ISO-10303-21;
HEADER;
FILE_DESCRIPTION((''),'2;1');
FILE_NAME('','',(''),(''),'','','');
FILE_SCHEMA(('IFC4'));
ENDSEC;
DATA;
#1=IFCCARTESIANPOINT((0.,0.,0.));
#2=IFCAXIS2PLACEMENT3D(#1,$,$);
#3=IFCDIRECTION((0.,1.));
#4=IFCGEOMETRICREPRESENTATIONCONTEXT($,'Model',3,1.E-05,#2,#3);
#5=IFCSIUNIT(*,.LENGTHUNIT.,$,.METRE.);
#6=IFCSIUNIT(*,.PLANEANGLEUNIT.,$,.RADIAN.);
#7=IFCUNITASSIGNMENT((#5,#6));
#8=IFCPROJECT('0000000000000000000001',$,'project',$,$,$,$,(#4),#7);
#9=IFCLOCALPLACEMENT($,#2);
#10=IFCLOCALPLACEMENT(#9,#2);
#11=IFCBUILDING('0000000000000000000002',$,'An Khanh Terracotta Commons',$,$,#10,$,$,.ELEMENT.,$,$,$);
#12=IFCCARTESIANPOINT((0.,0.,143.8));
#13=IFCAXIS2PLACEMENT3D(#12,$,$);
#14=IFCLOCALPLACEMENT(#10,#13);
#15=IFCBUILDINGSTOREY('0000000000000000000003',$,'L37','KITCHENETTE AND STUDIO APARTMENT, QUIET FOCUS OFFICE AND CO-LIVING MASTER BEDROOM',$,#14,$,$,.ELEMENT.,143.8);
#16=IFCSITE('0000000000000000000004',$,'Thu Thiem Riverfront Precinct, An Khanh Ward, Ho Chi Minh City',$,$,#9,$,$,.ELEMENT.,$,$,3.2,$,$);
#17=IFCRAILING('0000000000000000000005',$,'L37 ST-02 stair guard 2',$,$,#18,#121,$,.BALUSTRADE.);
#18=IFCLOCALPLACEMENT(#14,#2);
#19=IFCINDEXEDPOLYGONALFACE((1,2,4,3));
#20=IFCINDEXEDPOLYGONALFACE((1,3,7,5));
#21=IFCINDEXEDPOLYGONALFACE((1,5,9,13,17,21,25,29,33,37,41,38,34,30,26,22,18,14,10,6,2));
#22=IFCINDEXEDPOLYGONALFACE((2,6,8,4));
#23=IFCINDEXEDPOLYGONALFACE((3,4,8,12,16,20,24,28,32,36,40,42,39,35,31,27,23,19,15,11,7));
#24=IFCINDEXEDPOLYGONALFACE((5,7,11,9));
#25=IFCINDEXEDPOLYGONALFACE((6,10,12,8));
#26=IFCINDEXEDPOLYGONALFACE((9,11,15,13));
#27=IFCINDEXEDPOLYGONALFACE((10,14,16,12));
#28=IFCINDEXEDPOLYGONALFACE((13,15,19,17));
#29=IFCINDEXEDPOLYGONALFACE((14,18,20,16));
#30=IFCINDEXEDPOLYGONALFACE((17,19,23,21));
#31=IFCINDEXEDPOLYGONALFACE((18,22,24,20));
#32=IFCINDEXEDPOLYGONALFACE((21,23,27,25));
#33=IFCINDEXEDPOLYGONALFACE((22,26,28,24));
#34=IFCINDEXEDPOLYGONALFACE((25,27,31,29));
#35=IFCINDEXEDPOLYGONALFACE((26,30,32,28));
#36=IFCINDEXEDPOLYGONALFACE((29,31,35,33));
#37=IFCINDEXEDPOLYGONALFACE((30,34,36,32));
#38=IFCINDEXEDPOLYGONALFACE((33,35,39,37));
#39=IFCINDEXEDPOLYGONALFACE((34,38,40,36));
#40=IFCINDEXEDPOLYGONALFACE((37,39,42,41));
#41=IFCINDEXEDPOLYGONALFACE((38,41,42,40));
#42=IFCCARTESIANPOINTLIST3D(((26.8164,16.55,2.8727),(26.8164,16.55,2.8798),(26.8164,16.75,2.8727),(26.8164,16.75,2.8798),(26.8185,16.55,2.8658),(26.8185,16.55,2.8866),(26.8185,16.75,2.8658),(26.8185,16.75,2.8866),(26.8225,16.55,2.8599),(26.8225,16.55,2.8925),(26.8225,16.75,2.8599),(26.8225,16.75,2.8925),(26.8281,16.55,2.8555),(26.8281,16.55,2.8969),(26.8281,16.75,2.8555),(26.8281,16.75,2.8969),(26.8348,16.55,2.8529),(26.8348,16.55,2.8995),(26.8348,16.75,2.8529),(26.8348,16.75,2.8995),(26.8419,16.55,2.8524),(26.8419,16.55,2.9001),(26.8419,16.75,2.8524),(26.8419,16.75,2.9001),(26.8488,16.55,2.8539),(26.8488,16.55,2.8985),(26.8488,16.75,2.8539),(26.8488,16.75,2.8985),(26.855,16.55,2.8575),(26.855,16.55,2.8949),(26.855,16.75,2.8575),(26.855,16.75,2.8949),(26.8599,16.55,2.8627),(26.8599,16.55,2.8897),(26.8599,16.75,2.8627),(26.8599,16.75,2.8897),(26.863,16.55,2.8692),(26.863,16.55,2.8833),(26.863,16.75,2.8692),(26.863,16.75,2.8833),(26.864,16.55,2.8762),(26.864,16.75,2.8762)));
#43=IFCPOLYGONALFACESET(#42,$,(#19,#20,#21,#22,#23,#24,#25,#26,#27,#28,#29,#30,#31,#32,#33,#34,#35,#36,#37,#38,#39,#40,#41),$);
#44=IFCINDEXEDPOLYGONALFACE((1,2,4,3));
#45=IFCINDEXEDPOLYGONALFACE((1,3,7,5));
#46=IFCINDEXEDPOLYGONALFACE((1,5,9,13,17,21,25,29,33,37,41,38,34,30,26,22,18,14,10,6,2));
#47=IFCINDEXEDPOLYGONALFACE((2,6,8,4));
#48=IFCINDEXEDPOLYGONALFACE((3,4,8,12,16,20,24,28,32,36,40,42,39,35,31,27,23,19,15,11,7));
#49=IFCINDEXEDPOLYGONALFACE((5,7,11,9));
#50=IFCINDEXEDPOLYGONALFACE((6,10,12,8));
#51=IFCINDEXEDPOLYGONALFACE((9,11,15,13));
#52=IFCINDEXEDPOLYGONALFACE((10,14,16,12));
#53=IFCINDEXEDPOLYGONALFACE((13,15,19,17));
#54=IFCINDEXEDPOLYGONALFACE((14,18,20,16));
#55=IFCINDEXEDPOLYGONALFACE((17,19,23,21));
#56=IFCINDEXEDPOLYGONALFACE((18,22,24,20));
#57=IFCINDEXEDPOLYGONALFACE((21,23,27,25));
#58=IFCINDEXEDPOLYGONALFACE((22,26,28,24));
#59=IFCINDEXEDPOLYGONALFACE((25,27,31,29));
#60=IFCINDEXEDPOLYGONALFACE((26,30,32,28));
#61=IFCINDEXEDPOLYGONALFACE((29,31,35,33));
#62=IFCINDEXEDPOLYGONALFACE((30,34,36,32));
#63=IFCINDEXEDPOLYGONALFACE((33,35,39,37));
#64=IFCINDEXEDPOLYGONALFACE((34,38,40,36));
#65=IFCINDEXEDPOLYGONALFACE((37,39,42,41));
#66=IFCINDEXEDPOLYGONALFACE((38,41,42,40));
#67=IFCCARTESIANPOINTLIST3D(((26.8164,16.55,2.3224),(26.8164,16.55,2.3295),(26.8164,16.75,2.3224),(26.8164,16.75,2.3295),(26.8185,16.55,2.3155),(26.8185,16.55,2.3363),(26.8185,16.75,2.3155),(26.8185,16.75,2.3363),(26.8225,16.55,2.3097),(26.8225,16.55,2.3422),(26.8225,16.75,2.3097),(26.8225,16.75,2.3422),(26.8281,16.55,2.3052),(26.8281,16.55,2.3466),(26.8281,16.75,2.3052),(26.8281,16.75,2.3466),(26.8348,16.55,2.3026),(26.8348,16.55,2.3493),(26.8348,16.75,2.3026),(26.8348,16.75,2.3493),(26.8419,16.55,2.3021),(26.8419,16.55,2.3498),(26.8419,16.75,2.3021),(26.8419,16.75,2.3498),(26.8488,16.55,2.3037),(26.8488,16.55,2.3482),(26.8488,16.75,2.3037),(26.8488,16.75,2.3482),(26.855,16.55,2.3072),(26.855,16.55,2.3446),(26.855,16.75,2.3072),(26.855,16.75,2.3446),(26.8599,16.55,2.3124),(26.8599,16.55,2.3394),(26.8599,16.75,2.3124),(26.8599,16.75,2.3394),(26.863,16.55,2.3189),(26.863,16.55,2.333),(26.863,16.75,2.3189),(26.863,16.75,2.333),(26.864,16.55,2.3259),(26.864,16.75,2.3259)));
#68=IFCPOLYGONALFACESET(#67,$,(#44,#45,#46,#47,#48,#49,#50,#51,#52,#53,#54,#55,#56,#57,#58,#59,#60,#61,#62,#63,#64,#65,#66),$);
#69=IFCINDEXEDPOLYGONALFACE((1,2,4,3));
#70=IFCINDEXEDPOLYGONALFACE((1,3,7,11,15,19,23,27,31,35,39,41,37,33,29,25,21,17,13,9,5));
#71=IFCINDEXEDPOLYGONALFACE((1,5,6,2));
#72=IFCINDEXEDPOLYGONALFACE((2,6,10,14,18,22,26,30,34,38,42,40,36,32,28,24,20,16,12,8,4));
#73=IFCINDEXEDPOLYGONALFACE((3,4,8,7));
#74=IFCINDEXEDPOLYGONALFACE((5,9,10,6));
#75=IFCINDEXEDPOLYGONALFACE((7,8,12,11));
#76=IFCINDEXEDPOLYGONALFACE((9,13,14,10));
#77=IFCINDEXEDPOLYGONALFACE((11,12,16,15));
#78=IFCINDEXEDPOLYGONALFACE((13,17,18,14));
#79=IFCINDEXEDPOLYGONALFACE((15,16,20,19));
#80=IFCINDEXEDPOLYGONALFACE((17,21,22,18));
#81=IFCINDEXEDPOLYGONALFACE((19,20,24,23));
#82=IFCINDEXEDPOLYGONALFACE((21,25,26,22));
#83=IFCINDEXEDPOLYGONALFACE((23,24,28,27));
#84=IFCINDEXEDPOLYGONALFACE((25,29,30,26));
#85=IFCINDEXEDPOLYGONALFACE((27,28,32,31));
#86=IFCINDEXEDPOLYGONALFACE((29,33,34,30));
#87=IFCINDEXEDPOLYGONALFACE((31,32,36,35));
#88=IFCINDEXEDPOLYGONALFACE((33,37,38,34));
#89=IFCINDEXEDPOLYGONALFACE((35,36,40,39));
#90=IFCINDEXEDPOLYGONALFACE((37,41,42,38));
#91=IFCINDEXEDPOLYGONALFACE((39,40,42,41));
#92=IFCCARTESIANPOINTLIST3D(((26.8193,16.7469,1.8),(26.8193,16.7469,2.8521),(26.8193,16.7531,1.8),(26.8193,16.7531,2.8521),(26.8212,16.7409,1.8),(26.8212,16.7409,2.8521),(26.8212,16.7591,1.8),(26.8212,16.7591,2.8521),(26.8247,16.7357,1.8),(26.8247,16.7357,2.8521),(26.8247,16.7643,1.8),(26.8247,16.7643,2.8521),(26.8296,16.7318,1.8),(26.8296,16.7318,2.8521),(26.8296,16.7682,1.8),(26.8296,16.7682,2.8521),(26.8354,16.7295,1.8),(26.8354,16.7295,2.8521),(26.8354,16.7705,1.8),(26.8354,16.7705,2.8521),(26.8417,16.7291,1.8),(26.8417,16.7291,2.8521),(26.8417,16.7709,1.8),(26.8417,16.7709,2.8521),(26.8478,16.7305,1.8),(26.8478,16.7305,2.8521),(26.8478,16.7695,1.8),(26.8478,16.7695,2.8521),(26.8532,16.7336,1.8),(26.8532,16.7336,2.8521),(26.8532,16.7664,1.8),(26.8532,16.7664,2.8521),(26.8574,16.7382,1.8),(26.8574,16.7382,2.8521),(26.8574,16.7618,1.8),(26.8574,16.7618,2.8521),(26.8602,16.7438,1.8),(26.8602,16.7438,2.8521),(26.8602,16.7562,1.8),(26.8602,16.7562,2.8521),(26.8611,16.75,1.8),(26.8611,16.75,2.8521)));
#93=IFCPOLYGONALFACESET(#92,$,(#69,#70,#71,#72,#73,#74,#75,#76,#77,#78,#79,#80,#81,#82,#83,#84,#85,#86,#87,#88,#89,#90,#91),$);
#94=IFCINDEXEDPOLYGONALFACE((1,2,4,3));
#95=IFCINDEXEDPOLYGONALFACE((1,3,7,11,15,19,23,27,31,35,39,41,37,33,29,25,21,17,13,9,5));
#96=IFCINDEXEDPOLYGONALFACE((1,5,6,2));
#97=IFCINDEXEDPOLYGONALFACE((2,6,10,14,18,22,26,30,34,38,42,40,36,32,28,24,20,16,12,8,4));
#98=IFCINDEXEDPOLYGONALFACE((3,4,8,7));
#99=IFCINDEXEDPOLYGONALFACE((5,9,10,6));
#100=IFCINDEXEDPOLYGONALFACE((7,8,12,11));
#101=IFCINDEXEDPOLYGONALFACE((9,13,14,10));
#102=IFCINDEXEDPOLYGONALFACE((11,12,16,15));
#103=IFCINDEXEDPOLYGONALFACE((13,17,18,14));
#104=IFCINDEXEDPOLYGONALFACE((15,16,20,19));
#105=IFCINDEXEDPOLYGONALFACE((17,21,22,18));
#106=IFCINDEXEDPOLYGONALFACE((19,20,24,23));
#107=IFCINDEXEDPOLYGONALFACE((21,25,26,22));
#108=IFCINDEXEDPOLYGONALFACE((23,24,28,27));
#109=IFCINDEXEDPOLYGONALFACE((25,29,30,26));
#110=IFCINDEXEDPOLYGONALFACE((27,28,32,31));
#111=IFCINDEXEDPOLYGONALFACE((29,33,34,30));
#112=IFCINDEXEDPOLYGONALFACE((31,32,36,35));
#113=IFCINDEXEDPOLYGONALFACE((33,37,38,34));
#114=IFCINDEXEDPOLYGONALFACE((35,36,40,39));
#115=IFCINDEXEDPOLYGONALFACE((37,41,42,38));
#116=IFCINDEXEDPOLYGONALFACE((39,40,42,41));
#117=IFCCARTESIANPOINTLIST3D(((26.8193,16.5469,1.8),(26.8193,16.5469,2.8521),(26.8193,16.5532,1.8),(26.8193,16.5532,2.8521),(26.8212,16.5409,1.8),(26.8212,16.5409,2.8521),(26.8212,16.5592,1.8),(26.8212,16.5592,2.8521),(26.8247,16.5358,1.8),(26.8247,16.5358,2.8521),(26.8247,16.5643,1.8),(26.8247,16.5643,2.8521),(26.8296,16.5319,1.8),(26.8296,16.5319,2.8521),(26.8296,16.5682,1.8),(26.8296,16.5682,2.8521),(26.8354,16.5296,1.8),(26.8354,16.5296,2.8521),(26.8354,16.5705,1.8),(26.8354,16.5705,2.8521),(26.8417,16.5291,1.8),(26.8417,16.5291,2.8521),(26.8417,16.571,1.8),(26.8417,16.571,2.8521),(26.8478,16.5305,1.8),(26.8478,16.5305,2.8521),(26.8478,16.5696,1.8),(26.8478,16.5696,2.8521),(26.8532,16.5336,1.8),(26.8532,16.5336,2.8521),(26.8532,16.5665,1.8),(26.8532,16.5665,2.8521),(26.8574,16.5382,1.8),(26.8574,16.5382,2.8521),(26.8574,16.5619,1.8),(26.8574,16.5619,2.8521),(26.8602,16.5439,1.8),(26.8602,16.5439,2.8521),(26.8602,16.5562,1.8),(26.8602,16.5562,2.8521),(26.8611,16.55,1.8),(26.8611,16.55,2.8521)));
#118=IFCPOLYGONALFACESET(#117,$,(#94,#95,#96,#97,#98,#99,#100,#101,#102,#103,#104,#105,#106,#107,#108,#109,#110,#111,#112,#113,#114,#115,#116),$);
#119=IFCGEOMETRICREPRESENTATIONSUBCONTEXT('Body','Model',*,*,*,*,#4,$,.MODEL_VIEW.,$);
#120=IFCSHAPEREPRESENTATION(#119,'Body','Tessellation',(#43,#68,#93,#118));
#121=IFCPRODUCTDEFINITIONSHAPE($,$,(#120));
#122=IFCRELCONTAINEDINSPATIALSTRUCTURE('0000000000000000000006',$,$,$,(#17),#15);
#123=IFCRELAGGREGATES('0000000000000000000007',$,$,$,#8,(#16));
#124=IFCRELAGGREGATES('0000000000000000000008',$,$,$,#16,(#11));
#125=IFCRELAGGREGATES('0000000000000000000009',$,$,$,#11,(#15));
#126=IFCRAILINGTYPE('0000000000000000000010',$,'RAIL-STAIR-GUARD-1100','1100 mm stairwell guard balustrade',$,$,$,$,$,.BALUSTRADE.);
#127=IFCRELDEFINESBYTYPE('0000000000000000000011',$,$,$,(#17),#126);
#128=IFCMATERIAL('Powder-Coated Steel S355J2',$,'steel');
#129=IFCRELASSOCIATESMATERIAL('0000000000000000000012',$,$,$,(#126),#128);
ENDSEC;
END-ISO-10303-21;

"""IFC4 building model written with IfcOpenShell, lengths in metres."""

from ifc_helpers import new_model, si_unit, direction, frame, origin, origin_2d, place, context, subcontext, project, spatial, circle, extrude, material, type_object, element, save


model = new_model("IFC4")

# Units and contexts
model_context = context("Model", 3, precision=1e-05, world=origin(), true_north=direction((0.0, 1.0)))
body_context = subcontext(model_context, "Body", "Model", "MODEL_VIEW")
ifc_project = project(units=[si_unit("LENGTHUNIT", "METRE"), si_unit("PLANEANGLEUNIT", "RADIAN")], contexts=[model_context])

# Site, building, storey
site_placement = place(None, origin())
site = spatial("IfcSite", under=ifc_project, at=site_placement, Name="Thu Thiem Riverfront Precinct, An Khanh Ward, Ho Chi Minh City", CompositionType="ELEMENT", RefElevation=3.2)
building_placement = place(site_placement, origin())
building = spatial("IfcBuilding", under=site, at=building_placement, Name="An Khanh Terracotta Commons", CompositionType="ELEMENT")
storey_placement = place(building_placement, frame((0.0, 0.0, 143.8)))
storey = spatial("IfcBuildingStorey", under=building, at=storey_placement, Name="L37", Description="KITCHENETTE AND STUDIO APARTMENT, QUIET FOCUS OFFICE AND CO-LIVING MASTER BEDROOM", CompositionType="ELEMENT", Elevation=143.8)

# Railing
ifc_material_1 = material(Name="Powder-Coated Steel S355J2", Category="steel")
railing_type_1 = type_object("IfcRailingType", Name="RAIL-STAIR-GUARD-1100", Description="1100 mm stairwell guard balustrade", PredefinedType="BALUSTRADE", material=ifc_material_1)
railing_1_placement = place(storey_placement, frame((26.8401, 16.75, 1.8)))
element("IfcRailing", 1, at=railing_1_placement, inside=storey, type_object=railing_type_1, Name="L37 ST-02 stair guard 2", PredefinedType="BALUSTRADE", context=body_context, shape_type="SweptSolid", body=[
    extrude(circle(Radius=0.0239, at=origin_2d()), frame((0.0, 0.0, 1.0762), z_axis=(0.0, -1.0, 0.0), x_axis=(1.0, 0.0, 0.0)), (0.0, 0.0, 1.0), 0.2),
    extrude(circle(Radius=0.0239, at=origin_2d()), frame((0.0, 0.0, 0.5259), z_axis=(0.0, -1.0, 0.0), x_axis=(1.0, 0.0, 0.0)), (0.0, 0.0, 1.0), 0.2),
    extrude(circle(Radius=0.021, at=origin_2d()), origin(), (0.0, 0.0, 1.0), 1.052),
    extrude(circle(Radius=0.021, at=origin_2d()), frame((0.0, -0.2, 0.0)), (0.0, 0.0, 1.0), 1.052),
])

save(model, "model.ifc")
